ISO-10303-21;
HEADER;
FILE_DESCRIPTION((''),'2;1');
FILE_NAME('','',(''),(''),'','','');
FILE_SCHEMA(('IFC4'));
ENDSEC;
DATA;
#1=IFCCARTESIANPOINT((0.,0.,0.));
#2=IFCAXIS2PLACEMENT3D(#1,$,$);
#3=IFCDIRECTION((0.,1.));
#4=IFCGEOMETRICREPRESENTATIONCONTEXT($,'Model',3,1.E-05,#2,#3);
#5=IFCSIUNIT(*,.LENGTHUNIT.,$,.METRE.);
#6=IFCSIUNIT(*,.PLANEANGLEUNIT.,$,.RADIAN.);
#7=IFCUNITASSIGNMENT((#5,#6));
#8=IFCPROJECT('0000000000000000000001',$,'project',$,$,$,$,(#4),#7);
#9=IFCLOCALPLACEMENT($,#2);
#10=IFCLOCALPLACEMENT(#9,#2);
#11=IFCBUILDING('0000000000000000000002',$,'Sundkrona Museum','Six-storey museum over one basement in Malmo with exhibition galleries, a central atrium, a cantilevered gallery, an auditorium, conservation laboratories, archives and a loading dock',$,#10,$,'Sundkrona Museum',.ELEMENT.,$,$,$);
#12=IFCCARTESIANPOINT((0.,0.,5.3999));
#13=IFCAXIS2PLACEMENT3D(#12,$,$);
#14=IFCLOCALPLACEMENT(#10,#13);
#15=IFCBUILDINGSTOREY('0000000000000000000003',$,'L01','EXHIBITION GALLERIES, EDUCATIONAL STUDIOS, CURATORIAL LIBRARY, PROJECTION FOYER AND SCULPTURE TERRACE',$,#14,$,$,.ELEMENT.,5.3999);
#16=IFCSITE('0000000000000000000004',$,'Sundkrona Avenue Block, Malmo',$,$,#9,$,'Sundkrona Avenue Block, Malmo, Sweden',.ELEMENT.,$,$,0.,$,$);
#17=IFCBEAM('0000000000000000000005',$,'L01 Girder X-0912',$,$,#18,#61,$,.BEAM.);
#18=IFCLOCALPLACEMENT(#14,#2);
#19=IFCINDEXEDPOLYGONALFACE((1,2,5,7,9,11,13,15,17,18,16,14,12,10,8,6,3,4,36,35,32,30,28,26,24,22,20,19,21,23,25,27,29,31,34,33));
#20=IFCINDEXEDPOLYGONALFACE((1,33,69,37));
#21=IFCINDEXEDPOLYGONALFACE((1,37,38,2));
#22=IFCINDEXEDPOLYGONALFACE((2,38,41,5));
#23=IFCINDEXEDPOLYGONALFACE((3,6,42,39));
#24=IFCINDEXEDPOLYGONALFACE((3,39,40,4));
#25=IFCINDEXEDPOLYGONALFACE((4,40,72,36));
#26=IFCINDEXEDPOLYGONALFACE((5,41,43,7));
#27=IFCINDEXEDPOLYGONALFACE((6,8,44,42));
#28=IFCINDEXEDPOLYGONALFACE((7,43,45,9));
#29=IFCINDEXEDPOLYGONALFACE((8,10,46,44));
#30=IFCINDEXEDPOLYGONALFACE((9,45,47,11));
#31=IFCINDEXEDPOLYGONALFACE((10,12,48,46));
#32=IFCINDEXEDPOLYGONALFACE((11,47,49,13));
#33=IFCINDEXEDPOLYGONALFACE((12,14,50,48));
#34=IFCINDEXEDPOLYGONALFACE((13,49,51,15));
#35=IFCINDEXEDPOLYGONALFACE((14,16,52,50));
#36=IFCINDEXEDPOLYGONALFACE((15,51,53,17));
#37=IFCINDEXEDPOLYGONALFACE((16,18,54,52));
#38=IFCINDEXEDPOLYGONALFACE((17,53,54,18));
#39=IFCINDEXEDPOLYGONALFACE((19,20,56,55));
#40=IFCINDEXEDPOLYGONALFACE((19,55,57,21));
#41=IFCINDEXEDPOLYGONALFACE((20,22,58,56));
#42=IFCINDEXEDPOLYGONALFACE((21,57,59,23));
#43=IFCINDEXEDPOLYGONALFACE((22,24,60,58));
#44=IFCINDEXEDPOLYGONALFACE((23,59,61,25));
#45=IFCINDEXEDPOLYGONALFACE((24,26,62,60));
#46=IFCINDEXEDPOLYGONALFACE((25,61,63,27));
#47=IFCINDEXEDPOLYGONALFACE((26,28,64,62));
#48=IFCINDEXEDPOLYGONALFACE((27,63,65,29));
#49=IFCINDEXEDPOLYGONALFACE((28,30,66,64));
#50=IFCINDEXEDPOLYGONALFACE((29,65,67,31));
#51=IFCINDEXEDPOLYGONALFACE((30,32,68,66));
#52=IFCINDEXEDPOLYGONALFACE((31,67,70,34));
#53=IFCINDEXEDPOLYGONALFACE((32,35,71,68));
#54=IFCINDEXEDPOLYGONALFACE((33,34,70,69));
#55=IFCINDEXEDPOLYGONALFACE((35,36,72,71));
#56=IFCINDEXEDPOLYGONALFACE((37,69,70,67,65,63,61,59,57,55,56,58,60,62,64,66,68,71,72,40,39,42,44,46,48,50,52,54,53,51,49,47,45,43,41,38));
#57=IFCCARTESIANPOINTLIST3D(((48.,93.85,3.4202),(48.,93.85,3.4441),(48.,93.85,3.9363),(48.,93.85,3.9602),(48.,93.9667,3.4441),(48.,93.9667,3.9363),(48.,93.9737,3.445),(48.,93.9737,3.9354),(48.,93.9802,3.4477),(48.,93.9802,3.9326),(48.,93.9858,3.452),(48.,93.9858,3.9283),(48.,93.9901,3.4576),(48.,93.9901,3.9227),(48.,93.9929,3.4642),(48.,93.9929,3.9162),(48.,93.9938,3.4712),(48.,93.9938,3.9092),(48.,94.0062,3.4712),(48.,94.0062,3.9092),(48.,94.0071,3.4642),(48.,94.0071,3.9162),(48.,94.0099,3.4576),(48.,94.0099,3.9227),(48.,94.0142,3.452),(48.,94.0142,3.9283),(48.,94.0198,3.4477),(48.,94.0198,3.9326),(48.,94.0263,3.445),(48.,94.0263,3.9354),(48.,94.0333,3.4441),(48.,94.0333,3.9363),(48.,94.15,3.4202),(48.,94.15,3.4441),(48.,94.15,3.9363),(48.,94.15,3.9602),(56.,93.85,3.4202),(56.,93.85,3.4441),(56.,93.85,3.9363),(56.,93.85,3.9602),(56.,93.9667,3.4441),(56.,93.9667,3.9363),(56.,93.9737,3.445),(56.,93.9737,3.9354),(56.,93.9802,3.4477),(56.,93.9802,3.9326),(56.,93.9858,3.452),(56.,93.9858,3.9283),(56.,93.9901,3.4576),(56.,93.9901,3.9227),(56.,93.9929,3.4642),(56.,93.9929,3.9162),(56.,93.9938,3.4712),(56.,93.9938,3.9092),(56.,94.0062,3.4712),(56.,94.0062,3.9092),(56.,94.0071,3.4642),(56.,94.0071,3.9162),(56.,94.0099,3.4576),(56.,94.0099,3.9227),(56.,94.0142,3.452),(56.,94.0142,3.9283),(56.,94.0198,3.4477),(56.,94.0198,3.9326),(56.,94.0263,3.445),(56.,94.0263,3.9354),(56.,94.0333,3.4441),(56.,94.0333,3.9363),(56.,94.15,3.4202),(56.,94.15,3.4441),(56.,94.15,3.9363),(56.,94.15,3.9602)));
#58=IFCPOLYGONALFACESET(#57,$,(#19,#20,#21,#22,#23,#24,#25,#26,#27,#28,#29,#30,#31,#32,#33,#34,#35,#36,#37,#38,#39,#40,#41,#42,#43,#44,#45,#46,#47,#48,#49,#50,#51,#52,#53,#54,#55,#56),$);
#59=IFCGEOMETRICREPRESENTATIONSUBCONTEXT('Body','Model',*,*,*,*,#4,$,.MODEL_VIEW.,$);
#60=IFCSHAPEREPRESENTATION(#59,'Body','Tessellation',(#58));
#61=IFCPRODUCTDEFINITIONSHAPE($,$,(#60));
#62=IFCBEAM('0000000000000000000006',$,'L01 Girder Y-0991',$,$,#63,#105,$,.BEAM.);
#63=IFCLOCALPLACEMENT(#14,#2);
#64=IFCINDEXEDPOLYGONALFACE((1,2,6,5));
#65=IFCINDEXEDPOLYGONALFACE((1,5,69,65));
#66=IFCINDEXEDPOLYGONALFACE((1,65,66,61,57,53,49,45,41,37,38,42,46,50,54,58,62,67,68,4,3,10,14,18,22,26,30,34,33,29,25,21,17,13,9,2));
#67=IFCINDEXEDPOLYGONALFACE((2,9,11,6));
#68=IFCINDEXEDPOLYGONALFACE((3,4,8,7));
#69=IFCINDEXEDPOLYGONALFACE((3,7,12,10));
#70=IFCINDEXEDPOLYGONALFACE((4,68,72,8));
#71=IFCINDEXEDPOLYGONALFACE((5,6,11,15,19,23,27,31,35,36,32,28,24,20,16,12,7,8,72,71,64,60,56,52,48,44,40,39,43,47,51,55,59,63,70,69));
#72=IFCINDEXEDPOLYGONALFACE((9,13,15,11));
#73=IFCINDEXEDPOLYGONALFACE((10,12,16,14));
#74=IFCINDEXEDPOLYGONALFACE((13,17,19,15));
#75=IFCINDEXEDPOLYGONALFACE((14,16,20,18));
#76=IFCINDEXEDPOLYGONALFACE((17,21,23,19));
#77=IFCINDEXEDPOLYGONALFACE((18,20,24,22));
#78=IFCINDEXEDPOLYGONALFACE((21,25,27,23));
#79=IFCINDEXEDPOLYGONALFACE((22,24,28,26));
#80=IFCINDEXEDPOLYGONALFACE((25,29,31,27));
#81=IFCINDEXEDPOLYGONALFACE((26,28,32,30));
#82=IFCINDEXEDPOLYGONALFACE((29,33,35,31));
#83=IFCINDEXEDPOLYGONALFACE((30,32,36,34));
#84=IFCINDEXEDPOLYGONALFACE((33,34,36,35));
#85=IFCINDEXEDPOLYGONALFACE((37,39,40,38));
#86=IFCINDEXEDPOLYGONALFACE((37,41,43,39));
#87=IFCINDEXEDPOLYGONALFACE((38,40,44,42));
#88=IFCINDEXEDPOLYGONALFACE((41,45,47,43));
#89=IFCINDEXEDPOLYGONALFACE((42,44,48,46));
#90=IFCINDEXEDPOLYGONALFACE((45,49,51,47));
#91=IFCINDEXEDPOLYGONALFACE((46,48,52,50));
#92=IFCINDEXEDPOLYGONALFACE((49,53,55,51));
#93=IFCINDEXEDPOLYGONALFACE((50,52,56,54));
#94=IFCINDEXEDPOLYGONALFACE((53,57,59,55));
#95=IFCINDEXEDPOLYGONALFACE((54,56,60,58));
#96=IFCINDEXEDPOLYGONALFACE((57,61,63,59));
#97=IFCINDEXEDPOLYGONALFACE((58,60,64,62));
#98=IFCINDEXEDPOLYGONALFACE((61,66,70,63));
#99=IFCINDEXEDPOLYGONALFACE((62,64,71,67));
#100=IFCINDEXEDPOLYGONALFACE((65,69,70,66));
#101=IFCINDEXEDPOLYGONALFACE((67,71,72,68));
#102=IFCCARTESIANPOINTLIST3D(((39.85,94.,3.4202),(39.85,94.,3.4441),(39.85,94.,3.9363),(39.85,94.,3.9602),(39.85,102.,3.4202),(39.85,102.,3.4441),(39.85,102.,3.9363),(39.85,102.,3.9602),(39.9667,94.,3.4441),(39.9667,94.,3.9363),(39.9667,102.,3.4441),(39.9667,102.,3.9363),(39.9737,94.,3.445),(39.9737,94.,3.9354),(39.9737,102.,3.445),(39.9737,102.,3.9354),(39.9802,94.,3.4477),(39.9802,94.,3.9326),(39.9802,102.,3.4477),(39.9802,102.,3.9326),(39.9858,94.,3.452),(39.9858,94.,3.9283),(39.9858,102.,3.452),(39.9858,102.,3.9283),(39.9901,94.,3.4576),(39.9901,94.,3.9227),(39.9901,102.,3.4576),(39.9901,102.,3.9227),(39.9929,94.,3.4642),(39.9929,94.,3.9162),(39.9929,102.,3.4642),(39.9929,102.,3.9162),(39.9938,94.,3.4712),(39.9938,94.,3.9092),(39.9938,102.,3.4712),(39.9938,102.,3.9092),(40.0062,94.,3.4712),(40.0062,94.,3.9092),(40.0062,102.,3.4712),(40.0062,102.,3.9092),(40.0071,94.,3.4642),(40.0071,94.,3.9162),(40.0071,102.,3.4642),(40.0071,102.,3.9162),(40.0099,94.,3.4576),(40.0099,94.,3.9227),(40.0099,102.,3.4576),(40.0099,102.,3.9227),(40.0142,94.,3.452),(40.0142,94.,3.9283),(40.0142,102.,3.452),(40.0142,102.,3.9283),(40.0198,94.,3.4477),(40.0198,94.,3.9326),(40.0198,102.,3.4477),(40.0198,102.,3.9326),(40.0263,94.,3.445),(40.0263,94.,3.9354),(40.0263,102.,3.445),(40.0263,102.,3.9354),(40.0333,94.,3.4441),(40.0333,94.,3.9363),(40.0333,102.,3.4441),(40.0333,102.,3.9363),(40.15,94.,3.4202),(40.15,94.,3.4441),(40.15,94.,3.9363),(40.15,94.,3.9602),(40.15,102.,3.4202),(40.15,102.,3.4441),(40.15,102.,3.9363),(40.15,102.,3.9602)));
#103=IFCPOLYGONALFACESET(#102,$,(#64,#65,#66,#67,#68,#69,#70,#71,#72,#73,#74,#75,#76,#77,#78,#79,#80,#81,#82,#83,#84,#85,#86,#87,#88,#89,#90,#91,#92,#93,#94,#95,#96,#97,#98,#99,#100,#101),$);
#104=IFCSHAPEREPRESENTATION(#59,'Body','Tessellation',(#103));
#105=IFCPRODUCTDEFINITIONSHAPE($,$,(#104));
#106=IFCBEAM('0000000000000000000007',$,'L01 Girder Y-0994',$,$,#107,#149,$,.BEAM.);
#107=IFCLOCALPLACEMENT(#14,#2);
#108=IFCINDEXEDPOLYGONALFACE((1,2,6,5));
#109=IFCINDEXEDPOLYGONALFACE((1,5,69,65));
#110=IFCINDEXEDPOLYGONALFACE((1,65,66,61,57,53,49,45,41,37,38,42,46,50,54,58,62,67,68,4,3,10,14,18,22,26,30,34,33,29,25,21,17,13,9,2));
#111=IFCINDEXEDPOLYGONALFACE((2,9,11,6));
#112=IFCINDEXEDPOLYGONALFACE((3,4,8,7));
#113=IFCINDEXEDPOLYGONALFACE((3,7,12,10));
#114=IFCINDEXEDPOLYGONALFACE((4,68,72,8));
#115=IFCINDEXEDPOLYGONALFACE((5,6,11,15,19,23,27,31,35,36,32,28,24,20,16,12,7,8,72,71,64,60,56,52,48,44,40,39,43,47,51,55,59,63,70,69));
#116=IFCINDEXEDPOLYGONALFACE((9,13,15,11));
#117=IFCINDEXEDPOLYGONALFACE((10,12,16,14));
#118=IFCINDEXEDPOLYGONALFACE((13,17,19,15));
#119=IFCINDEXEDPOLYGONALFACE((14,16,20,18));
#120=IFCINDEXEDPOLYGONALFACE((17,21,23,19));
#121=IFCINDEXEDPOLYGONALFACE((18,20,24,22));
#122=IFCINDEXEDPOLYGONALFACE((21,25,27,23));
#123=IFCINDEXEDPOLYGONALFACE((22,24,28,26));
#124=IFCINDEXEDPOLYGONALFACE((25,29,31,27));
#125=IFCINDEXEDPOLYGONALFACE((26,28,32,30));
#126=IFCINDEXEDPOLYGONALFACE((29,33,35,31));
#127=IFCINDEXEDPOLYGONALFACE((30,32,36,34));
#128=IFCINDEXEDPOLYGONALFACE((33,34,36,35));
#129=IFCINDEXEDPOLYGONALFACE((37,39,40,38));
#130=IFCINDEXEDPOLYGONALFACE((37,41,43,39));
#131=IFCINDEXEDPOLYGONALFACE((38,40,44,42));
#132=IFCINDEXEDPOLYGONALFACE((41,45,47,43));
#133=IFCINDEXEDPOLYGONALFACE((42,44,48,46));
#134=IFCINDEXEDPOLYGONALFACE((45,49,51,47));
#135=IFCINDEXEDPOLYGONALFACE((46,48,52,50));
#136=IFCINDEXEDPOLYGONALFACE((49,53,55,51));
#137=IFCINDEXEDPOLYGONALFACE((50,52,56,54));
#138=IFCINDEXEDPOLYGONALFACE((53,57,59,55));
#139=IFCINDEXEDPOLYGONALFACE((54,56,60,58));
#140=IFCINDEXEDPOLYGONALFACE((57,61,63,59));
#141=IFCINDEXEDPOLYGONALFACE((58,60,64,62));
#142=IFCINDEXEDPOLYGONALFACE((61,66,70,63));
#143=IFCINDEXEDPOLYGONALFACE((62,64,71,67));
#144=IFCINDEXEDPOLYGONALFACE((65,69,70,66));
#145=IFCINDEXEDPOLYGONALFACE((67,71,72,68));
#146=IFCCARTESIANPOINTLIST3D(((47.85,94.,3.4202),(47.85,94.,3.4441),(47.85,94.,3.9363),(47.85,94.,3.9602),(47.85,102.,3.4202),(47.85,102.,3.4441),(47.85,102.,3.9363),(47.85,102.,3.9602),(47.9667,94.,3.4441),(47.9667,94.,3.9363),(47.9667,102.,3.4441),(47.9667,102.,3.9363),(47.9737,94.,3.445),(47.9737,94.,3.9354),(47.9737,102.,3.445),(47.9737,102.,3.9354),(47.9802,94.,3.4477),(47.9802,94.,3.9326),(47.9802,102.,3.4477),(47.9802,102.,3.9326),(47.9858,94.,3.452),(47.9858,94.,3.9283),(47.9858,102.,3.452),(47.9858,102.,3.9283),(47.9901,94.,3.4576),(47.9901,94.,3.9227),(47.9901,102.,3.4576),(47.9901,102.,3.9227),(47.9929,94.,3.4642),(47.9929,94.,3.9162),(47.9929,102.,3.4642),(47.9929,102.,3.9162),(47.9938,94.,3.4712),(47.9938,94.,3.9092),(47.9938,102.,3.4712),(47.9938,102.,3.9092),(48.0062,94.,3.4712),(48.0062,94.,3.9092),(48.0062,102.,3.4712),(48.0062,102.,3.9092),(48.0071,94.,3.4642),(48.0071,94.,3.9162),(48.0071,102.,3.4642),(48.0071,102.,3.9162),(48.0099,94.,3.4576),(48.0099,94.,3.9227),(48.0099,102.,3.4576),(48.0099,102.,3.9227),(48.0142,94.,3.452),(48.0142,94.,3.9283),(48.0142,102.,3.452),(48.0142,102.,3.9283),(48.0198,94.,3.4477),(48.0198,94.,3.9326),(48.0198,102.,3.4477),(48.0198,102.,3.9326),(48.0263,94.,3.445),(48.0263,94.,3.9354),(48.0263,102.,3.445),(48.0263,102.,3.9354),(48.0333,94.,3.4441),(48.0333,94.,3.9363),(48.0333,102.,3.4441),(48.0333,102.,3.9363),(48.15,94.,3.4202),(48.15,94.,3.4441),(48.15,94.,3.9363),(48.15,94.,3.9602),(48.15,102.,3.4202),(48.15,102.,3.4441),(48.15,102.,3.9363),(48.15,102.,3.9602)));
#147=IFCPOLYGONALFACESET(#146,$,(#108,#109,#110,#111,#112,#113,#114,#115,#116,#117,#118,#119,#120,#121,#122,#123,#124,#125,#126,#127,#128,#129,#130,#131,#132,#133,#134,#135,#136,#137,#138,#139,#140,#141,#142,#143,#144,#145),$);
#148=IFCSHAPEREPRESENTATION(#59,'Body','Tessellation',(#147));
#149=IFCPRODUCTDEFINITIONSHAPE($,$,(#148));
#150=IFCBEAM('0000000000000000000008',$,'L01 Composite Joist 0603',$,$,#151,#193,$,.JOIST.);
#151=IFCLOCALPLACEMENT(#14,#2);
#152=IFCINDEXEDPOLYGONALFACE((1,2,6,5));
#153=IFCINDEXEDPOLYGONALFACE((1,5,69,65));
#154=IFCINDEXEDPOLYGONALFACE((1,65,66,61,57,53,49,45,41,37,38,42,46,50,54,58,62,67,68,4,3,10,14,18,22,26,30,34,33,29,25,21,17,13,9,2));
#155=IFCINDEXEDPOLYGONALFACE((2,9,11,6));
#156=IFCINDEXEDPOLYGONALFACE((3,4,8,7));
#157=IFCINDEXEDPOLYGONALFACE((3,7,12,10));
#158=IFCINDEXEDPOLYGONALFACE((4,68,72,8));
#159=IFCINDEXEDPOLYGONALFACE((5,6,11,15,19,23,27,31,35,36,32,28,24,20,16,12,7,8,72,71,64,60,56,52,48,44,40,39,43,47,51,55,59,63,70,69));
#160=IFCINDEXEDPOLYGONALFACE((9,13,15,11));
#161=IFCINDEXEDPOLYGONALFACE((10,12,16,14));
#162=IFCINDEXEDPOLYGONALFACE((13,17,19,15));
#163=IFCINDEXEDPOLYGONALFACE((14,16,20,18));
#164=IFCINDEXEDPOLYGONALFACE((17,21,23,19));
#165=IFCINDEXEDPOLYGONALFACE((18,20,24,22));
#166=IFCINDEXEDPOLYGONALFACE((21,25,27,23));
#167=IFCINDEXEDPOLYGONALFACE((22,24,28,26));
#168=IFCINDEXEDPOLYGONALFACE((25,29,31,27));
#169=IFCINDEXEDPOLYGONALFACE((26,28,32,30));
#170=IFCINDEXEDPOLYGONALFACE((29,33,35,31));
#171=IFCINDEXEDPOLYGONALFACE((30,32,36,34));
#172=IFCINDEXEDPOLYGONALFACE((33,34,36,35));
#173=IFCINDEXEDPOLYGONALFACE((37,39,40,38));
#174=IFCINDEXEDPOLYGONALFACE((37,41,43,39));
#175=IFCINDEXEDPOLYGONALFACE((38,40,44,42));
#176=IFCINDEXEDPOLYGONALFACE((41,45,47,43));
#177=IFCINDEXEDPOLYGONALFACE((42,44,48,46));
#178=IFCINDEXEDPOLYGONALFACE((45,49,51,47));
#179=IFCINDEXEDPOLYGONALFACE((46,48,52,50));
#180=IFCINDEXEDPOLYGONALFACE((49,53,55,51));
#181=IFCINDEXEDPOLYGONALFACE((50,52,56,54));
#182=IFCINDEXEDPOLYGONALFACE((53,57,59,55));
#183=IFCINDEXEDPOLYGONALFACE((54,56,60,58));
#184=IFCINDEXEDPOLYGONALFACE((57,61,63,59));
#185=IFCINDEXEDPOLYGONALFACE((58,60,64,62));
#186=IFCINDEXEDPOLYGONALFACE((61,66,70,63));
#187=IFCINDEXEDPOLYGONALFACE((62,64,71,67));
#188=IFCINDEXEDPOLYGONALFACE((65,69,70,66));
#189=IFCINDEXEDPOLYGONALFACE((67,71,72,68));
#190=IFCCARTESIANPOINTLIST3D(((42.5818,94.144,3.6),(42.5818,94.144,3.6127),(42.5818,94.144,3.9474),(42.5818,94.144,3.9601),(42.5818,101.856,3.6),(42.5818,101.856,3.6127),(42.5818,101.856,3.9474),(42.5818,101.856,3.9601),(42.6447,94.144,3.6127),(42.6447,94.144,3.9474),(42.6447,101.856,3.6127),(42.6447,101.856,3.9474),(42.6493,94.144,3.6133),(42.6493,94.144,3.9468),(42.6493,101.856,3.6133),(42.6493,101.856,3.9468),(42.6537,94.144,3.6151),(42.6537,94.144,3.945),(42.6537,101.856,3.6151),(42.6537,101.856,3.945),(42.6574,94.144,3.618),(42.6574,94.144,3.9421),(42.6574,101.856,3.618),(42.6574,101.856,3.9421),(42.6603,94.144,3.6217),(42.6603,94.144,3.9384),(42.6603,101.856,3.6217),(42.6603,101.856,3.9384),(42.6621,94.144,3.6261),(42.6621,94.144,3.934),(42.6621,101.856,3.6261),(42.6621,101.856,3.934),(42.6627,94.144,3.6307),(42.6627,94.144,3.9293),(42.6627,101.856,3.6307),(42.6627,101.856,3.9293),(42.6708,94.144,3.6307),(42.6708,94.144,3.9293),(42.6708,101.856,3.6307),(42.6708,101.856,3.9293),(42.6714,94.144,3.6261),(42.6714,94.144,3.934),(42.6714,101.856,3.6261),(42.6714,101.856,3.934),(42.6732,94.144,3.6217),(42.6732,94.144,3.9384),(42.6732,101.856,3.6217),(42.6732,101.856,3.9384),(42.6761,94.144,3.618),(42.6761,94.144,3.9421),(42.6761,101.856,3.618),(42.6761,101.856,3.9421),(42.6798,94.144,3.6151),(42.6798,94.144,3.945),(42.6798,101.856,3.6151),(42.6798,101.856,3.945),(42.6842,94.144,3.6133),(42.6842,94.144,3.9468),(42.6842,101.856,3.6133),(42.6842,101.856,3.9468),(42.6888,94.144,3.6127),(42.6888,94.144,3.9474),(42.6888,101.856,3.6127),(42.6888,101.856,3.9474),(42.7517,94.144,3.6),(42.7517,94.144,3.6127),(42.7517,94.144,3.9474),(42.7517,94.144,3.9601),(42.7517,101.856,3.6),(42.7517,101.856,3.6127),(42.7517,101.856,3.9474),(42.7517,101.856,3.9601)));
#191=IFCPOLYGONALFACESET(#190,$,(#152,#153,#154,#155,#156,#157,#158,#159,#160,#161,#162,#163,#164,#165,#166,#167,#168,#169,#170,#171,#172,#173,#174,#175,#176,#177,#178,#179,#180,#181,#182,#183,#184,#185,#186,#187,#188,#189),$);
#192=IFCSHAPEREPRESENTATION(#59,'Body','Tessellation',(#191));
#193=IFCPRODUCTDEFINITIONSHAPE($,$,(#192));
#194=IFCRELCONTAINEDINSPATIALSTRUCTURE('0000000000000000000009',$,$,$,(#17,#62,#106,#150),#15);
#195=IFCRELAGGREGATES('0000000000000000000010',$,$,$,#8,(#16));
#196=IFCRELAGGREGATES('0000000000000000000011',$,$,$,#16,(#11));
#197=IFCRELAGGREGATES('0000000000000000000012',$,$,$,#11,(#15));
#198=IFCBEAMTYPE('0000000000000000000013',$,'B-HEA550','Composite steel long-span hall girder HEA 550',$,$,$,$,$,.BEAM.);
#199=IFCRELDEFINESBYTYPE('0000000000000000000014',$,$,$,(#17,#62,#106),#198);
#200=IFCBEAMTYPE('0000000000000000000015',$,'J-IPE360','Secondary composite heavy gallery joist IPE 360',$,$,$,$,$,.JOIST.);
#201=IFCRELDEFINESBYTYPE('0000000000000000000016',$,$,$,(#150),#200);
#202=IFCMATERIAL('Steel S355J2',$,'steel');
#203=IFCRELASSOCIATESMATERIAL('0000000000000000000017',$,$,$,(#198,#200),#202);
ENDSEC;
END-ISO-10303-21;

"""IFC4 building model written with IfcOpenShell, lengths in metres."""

from ifc_helpers import new_model, si_unit, direction, frame, origin, origin_2d, place, context, subcontext, project, spatial, i_section, extrude, material, material_profile, profile_set, type_object, element, save


model = new_model("IFC4")

# Units and contexts
model_context = context("Model", 3, precision=1e-05, world=origin(), true_north=direction((0.0, 1.0)))
body_context = subcontext(model_context, "Body", "Model", "MODEL_VIEW")
ifc_project = project(units=[si_unit("LENGTHUNIT", "METRE"), si_unit("PLANEANGLEUNIT", "RADIAN")], contexts=[model_context])

# Site, building, storey
site_placement = place(None, origin())
site = spatial("IfcSite", under=ifc_project, at=site_placement, Name="Sundkrona Avenue Block, Malmo", LongName="Sundkrona Avenue Block, Malmo, Sweden", CompositionType="ELEMENT", RefElevation=0.0)
building_placement = place(site_placement, origin())
building = spatial("IfcBuilding", under=site, at=building_placement, Name="Sundkrona Museum", Description="Six-storey museum over one basement in Malmo with exhibition galleries, a central atrium, a cantilevered gallery, an auditorium, conservation laboratories, archives and a loading dock", LongName="Sundkrona Museum", CompositionType="ELEMENT")
storey_placement = place(building_placement, frame((0.0, 0.0, 5.3999)))
storey = spatial("IfcBuildingStorey", under=building, at=storey_placement, Name="L01", Description="EXHIBITION GALLERIES, EDUCATIONAL STUDIOS, CURATORIAL LIBRARY, PROJECTION FOYER AND SCULPTURE TERRACE", CompositionType="ELEMENT", Elevation=5.3999)

# Shared definitions
ifc_material_1 = material(Name="Steel S355J2", Category="steel")

# Beams
ifc_material_profile_1 = material_profile(ifc_material_1, i_section(OverallWidth=0.3, OverallDepth=0.54, WebThickness=0.0125, FlangeThickness=0.0239, FilletRadius=0.0271, at=origin_2d()), Name="HEA 550")
ifc_profile_set_1 = profile_set([ifc_material_profile_1], Name="Steel S355J2")
beam_type_1 = type_object("IfcBeamType", Name="B-HEA550", Description="Composite steel long-span hall girder HEA 550", PredefinedType="BEAM", material=ifc_profile_set_1)
for number, where, z_axis, x_axis, name in (
    (1, (48.0, 94.0, 3.6902), (1.0, 0.0, 0.0), (0.0, 1.0, 0.0), "L01 Girder X-0912"),
    (2, (40.0, 94.0, 3.6902), (0.0, 1.0, 0.0), (-1.0, 0.0, 0.0), "L01 Girder Y-0991"),
    (3, (48.0, 94.0, 3.6902), (0.0, 1.0, 0.0), (-1.0, 0.0, 0.0), "L01 Girder Y-0994"),
):
    element("IfcBeam", number, at=place(storey_placement, frame(where, z_axis=z_axis, x_axis=x_axis)), inside=storey, type_object=beam_type_1, Name=name, PredefinedType="BEAM", context=body_context, shape_type="SweptSolid", body=[
        extrude(i_section(OverallWidth=0.3, OverallDepth=0.54, WebThickness=0.0125, FlangeThickness=0.0239, FilletRadius=0.0271, at=origin_2d()), origin(), (0.0, 0.0, 1.0), 8.0),
    ])
ifc_material_profile_2 = material_profile(ifc_material_1, i_section(OverallWidth=0.1699, OverallDepth=0.3601, WebThickness=0.0081, FlangeThickness=0.0127, FilletRadius=0.0181, at=origin_2d()), Name="IPE 360")
ifc_profile_set_2 = profile_set([ifc_material_profile_2], Name="Steel S355J2")
beam_type_2 = type_object("IfcBeamType", Name="J-IPE360", Description="Secondary composite heavy gallery joist IPE 360", PredefinedType="JOIST", material=ifc_profile_set_2)
for number, where, z_axis, x_axis, name in (
    (4, (42.6667, 94.144, 3.78), (0.0, 1.0, 0.0), (-1.0, 0.0, 0.0), "L01 Composite Joist 0603"),
):
    element("IfcBeam", number, at=place(storey_placement, frame(where, z_axis=z_axis, x_axis=x_axis)), inside=storey, type_object=beam_type_2, Name=name, PredefinedType="JOIST", context=body_context, shape_type="SweptSolid", body=[
        extrude(i_section(OverallWidth=0.1699, OverallDepth=0.3601, WebThickness=0.0081, FlangeThickness=0.0127, FilletRadius=0.0181, at=origin_2d()), origin(), (0.0, 0.0, 1.0), 7.7119),
    ])

save(model, "model.ifc")
